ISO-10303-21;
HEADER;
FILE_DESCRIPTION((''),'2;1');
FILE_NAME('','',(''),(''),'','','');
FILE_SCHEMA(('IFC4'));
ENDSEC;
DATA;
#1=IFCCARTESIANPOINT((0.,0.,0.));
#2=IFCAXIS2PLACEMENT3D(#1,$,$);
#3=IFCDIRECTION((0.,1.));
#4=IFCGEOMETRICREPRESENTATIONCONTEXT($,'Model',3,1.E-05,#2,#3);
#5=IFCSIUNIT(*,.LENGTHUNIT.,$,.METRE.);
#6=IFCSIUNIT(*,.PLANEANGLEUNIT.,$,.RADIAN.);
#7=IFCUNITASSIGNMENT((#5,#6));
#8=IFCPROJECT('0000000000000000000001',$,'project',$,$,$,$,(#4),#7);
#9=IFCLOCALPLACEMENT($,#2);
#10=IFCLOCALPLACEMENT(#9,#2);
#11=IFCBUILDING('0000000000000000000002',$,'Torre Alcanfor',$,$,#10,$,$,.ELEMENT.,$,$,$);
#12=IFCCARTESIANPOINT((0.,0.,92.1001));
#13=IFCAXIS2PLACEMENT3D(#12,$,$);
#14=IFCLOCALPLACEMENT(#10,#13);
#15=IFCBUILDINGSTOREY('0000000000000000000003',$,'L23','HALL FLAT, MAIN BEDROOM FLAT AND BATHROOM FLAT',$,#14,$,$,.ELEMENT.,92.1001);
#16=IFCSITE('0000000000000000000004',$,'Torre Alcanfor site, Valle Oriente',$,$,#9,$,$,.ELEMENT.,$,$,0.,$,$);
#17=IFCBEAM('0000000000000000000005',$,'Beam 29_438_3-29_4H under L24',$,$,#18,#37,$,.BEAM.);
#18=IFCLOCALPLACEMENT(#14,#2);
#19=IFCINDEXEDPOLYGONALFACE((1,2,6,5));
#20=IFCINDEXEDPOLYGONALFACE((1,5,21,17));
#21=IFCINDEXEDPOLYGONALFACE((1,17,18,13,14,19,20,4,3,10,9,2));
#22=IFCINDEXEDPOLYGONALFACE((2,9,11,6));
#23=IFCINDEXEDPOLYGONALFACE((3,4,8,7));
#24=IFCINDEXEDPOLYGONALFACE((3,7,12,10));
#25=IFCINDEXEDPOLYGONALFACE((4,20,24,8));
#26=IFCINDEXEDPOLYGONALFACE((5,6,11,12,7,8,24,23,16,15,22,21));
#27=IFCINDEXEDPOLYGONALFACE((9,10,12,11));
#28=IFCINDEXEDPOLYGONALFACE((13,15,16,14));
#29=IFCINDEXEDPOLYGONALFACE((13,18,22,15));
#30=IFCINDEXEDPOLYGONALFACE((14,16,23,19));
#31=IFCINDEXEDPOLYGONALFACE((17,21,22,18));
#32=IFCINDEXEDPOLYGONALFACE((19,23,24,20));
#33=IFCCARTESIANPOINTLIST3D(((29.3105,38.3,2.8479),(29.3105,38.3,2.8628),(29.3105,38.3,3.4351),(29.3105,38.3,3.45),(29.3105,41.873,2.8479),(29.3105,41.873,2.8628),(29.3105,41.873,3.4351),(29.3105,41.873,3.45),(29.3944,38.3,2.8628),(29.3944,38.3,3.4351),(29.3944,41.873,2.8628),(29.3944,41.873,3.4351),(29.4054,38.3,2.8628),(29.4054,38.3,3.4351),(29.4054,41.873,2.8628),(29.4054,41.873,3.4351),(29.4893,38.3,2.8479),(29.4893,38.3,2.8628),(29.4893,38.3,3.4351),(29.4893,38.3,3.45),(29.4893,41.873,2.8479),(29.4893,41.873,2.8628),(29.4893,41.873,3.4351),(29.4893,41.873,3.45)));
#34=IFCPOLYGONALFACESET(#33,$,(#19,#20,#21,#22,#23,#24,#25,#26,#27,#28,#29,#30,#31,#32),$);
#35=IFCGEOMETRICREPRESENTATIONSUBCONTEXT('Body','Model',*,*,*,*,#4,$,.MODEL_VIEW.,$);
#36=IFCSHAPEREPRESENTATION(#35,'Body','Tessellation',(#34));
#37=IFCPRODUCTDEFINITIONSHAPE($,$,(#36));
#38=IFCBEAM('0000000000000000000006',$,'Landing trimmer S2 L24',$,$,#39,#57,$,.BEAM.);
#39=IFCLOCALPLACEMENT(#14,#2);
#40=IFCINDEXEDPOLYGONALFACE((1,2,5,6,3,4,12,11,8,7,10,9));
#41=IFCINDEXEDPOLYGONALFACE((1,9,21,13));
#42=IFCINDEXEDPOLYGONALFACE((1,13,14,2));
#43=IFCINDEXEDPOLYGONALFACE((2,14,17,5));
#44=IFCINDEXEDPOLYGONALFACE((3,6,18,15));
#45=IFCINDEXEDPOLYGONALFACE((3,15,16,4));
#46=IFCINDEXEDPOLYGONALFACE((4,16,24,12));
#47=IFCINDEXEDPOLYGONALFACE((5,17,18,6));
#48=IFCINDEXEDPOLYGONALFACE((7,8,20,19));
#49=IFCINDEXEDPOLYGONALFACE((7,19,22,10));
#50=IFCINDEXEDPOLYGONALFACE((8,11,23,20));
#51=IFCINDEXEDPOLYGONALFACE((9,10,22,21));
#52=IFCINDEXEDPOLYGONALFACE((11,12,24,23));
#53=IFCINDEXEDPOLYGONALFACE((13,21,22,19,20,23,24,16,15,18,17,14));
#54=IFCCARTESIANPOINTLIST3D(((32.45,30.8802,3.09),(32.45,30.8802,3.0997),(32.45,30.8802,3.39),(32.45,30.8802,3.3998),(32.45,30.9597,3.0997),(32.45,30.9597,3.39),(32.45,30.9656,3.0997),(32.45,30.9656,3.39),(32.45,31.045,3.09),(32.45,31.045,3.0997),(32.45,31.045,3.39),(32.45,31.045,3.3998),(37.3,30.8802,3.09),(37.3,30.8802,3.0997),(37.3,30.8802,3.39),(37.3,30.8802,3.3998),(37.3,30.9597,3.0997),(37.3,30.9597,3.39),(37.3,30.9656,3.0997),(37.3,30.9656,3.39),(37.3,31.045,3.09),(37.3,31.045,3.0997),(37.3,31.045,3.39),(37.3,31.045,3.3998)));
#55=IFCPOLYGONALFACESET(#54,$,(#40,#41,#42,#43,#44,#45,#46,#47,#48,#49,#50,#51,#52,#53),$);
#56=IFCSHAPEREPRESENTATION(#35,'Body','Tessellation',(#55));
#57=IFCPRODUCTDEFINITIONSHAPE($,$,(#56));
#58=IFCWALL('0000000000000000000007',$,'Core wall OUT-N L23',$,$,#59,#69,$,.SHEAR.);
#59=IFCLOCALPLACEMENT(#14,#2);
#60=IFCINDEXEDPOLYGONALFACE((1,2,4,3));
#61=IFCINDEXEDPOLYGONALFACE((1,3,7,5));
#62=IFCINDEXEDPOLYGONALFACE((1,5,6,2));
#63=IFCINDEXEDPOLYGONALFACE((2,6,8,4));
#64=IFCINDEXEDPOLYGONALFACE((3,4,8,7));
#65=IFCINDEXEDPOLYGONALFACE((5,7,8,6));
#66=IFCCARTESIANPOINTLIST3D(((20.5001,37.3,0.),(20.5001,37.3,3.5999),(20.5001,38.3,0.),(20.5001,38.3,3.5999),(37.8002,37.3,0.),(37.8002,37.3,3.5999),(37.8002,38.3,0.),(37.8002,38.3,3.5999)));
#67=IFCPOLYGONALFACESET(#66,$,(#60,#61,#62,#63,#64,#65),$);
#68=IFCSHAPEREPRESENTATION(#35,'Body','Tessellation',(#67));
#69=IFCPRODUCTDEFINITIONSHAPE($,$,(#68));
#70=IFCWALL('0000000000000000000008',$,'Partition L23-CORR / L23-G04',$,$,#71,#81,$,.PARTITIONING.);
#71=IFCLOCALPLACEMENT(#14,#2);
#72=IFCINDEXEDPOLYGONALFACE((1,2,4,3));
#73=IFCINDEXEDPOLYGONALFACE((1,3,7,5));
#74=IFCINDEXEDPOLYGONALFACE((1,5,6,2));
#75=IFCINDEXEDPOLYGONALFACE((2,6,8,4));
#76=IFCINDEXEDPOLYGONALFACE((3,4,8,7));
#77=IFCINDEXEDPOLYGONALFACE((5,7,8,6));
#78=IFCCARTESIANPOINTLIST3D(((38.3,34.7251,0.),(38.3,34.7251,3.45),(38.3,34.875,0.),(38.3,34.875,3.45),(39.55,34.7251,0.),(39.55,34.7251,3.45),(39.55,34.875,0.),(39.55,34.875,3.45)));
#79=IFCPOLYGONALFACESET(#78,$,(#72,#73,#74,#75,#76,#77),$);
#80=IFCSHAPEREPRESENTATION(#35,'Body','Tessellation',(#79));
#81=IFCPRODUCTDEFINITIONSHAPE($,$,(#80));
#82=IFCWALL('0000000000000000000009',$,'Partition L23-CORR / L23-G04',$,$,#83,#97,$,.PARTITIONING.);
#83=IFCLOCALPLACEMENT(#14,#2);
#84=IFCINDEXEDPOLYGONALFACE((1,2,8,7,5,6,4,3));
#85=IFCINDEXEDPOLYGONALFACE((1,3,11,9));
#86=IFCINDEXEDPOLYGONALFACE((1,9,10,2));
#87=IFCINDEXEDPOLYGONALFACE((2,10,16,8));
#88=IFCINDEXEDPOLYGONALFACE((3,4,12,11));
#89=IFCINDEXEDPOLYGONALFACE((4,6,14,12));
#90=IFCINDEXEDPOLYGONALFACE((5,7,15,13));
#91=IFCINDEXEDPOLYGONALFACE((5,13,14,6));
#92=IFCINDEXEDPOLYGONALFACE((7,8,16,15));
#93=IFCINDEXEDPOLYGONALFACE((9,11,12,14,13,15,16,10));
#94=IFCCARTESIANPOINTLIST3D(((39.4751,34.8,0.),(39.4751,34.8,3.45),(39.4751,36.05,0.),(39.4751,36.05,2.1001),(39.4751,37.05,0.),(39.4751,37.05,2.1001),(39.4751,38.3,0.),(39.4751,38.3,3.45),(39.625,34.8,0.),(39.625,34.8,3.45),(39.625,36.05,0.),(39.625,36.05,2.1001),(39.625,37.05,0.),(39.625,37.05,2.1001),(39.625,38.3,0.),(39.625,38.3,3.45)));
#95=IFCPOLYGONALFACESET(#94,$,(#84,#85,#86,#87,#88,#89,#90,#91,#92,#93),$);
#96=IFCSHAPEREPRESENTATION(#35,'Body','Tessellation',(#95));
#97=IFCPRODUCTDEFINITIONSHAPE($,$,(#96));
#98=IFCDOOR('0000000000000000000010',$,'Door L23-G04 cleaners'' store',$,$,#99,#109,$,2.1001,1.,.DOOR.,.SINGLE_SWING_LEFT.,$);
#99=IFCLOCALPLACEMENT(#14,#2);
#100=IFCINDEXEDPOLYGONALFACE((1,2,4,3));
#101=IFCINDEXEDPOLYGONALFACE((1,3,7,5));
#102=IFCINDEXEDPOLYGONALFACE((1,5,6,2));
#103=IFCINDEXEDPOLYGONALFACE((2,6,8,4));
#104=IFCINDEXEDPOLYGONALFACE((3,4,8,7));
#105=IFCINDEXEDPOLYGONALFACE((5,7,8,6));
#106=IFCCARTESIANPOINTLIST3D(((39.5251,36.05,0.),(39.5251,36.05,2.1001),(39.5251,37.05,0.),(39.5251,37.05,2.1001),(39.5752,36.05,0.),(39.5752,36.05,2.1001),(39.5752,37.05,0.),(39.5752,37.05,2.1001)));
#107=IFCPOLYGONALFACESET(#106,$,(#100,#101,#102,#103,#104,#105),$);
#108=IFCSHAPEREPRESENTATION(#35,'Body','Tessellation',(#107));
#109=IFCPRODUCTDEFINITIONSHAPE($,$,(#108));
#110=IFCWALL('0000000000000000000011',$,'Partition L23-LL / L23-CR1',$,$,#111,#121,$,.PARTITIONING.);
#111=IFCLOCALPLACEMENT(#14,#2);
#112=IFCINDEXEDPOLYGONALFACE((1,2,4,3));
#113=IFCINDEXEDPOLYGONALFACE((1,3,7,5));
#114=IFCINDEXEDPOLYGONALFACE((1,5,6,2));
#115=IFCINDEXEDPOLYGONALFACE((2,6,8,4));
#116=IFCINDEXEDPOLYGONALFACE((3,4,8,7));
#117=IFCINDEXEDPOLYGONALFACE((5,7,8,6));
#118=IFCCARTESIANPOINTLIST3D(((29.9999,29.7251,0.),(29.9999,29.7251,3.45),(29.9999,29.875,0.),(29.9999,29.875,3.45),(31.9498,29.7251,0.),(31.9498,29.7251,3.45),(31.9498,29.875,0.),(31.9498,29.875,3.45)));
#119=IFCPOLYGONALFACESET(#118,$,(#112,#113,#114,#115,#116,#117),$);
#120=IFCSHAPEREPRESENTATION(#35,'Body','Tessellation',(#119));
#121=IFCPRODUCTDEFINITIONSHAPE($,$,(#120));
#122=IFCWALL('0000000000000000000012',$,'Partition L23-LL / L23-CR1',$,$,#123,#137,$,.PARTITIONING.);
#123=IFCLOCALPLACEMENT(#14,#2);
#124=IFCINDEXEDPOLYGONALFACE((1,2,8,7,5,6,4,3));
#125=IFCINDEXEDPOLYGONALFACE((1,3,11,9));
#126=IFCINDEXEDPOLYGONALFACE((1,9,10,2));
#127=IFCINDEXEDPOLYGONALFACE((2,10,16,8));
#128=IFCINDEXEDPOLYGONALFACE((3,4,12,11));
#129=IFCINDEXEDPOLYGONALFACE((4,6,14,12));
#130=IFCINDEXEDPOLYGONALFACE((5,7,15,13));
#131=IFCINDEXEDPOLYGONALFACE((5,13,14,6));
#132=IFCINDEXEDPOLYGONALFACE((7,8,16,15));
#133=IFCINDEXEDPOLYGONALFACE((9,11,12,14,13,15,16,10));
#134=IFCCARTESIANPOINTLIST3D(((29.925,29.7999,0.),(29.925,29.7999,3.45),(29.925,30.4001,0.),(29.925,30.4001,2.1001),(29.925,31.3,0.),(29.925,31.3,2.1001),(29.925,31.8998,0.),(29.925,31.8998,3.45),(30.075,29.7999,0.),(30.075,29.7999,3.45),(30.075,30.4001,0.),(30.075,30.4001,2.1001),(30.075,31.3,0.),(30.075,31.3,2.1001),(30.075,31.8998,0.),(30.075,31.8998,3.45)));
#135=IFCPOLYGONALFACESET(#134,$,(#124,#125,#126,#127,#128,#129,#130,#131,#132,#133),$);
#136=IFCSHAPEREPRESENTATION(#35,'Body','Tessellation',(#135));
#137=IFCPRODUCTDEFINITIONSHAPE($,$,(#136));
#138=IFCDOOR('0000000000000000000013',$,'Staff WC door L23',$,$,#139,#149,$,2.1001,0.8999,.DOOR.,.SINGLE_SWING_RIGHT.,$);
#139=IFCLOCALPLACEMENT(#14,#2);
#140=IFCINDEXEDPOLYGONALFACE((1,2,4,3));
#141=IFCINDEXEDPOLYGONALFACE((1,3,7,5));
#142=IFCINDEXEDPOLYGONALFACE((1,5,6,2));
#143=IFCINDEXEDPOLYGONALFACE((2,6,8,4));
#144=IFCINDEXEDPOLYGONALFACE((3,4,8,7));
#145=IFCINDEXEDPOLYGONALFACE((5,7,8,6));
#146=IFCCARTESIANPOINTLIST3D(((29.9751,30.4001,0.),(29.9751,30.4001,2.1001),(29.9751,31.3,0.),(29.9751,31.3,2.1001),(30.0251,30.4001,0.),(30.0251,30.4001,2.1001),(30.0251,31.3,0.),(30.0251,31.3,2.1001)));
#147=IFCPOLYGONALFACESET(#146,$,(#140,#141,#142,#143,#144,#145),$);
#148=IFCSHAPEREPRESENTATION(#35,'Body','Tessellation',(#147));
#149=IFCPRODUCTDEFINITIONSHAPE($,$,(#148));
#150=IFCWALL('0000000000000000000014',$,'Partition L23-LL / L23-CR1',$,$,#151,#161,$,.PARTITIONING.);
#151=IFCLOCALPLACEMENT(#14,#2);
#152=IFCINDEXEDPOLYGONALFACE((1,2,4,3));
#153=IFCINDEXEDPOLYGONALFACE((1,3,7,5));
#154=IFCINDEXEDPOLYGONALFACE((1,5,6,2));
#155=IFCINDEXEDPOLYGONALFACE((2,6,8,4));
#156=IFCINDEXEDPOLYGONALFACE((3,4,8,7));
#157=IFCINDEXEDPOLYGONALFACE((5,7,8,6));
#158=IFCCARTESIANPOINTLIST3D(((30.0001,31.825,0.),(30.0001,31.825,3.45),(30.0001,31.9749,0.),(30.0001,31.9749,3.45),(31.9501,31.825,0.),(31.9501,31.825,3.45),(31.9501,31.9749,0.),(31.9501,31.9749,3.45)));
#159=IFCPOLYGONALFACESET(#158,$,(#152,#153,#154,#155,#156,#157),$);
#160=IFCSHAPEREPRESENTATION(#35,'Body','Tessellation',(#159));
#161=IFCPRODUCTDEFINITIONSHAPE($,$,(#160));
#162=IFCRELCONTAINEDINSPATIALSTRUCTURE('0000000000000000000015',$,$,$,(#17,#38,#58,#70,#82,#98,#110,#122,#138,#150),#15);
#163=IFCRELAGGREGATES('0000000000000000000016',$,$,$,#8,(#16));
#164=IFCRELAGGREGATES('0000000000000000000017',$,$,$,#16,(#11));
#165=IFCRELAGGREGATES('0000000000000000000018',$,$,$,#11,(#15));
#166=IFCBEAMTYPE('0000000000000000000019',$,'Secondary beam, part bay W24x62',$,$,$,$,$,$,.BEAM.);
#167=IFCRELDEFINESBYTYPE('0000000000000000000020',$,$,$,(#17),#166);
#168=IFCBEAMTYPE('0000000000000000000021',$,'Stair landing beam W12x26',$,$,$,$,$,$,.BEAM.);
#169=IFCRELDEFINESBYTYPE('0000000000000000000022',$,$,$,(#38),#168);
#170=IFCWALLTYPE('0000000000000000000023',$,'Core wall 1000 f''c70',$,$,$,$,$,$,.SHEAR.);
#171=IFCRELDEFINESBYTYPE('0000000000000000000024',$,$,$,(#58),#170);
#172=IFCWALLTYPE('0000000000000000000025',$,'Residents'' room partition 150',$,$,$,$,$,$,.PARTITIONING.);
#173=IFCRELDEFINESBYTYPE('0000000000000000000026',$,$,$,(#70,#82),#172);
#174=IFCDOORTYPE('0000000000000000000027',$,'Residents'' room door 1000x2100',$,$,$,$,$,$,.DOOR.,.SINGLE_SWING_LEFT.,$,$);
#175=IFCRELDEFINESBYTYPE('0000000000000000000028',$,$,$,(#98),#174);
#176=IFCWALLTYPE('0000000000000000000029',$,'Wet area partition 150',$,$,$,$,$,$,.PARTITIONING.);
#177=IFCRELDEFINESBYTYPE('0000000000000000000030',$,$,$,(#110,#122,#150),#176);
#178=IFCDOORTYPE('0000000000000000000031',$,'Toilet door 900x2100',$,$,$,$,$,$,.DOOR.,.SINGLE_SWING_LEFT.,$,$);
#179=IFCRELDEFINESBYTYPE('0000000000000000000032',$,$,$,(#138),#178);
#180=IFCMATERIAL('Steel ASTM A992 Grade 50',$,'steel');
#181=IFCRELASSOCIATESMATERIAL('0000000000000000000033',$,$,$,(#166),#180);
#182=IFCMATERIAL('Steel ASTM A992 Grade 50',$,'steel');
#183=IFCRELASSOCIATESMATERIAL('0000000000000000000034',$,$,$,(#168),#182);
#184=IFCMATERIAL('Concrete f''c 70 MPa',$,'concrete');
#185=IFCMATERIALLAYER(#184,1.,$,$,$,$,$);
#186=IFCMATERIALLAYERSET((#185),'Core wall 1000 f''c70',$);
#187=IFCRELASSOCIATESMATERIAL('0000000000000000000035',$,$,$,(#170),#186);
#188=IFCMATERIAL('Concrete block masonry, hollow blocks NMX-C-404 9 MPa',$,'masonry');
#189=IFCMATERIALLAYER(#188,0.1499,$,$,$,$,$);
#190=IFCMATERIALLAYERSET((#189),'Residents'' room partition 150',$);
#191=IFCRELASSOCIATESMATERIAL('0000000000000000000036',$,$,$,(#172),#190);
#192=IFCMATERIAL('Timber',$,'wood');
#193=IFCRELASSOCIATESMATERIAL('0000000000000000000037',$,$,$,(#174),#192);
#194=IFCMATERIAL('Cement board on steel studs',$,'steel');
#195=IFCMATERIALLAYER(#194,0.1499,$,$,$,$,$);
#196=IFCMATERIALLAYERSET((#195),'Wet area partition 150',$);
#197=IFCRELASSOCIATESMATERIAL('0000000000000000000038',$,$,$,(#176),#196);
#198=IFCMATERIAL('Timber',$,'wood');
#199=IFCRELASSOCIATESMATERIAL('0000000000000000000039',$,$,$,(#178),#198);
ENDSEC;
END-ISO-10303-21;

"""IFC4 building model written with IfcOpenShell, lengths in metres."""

from ifc_helpers import new_model, si_unit, direction, frame, frame_2d, origin, origin_2d, place, context, subcontext, project, spatial, rectangle, i_section, extrude, material, layer, layer_set, material_profile, profile_set, type_object, element, fill, save


model = new_model("IFC4")

# Units and contexts
model_context = context("Model", 3, precision=1e-05, world=origin(), true_north=direction((0.0, 1.0)))
body_context = subcontext(model_context, "Body", "Model", "MODEL_VIEW")
ifc_project = project(units=[si_unit("LENGTHUNIT", "METRE"), si_unit("PLANEANGLEUNIT", "RADIAN")], contexts=[model_context])

# Site, building, storey
site_placement = place(None, origin())
site = spatial("IfcSite", under=ifc_project, at=site_placement, Name="Torre Alcanfor site, Valle Oriente", CompositionType="ELEMENT", RefElevation=0.0)
building_placement = place(site_placement, origin())
building = spatial("IfcBuilding", under=site, at=building_placement, Name="Torre Alcanfor", CompositionType="ELEMENT")
storey_placement = place(building_placement, frame((0.0, 0.0, 92.1001)))
storey = spatial("IfcBuildingStorey", under=building, at=storey_placement, Name="L23", Description="HALL FLAT, MAIN BEDROOM FLAT AND BATHROOM FLAT", CompositionType="ELEMENT", Elevation=92.1001)

# Beams
ifc_material_1 = material(Name="Steel ASTM A992 Grade 50", Category="steel")
ifc_material_profile_1 = material_profile(ifc_material_1, i_section(OverallWidth=0.1787, OverallDepth=0.6021, WebThickness=0.011, FlangeThickness=0.0149, at=origin_2d()), Name="W24x62")
ifc_profile_set_1 = profile_set([ifc_material_profile_1], Name="Steel ASTM A992 Grade 50")
beam_type_1 = type_object("IfcBeamType", Name="Secondary beam, part bay W24x62", PredefinedType="BEAM", material=ifc_profile_set_1)
beam_1_placement = place(storey_placement, frame((29.3999, 38.3, 3.1489), z_axis=(0.0, 1.0, 0.0), x_axis=(-1.0, 0.0, 0.0)))
element("IfcBeam", 1, at=beam_1_placement, inside=storey, type_object=beam_type_1, Name="Beam 29_438_3-29_4H under L24", PredefinedType="BEAM", context=body_context, shape_type="SweptSolid", body=[
    extrude(i_section(OverallWidth=0.1787, OverallDepth=0.6021, WebThickness=0.011, FlangeThickness=0.0149, at=origin_2d()), origin(), (0.0, 0.0, 1.0), 3.573),
])
ifc_material_2 = material(Name="Steel ASTM A992 Grade 50", Category="steel")
ifc_material_profile_2 = material_profile(ifc_material_2, i_section(OverallWidth=0.1648, OverallDepth=0.3098, WebThickness=0.0059, FlangeThickness=0.0098, at=origin_2d()), Name="W12x26")
ifc_profile_set_2 = profile_set([ifc_material_profile_2], Name="Steel ASTM A992 Grade 50")
beam_type_2 = type_object("IfcBeamType", Name="Stair landing beam W12x26", PredefinedType="BEAM", material=ifc_profile_set_2)
beam_2_placement = place(storey_placement, frame((32.45, 30.9626, 3.2449), z_axis=(1.0, 0.0, 0.0), x_axis=(0.0, 1.0, 0.0)))
element("IfcBeam", 2, at=beam_2_placement, inside=storey, type_object=beam_type_2, Name="Landing trimmer S2 L24", PredefinedType="BEAM", context=body_context, shape_type="SweptSolid", body=[
    extrude(i_section(OverallWidth=0.1648, OverallDepth=0.3098, WebThickness=0.0059, FlangeThickness=0.0098, at=origin_2d()), origin(), (0.0, 0.0, 1.0), 4.8501),
])

# Walls
ifc_material_3 = material(Name="Concrete f'c 70 MPa", Category="concrete")
ifc_layer_1 = layer(ifc_material_3, 1.0)
ifc_layer_set_1 = layer_set([ifc_layer_1], Name="Core wall 1000 f'c70")
wall_type_1 = type_object("IfcWallType", Name="Core wall 1000 f'c70", PredefinedType="SHEAR", material=ifc_layer_set_1)
wall_1_placement = place(storey_placement, frame((37.8, 37.8, 0.0), z_axis=(0.0, 0.0, 1.0), x_axis=(-1.0, 0.0, 0.0)))
element("IfcWall", 3, at=wall_1_placement, inside=storey, type_object=wall_type_1, Name="Core wall OUT-N L23", PredefinedType="SHEAR", context=body_context, shape_type="SweptSolid", body=[
    extrude(rectangle(XDim=17.3, YDim=1.0, at=frame_2d((8.6499, 0.0))), origin(), (0.0, 0.0, 1.0), 3.5999),
])
ifc_material_4 = material(Name="Concrete block masonry, hollow blocks NMX-C-404 9 MPa", Category="masonry")
ifc_layer_2 = layer(ifc_material_4, 0.1499)
ifc_layer_set_2 = layer_set([ifc_layer_2], Name="Residents' room partition 150")
wall_type_2 = type_object("IfcWallType", Name="Residents' room partition 150", PredefinedType="PARTITIONING", material=ifc_layer_set_2)
wall_2_placement = place(storey_placement, frame((38.3, 34.8, 0.0), z_axis=(0.0, 0.0, 1.0), x_axis=(1.0, 0.0, 0.0)))
element("IfcWall", 4, at=wall_2_placement, inside=storey, type_object=wall_type_2, Name="Partition L23-CORR / L23-G04", PredefinedType="PARTITIONING", context=body_context, shape_type="SweptSolid", body=[
    extrude(rectangle(XDim=1.25, YDim=0.1499, at=frame_2d((0.625, 0.0))), origin(), (0.0, 0.0, 1.0), 3.45),
])

# Wall, opening, door
wall_3_placement = place(storey_placement, frame((39.55, 34.8, 0.0), z_axis=(0.0, 0.0, 1.0), x_axis=(0.0, 1.0, 0.0)))
wall_3 = element("IfcWall", 5, at=wall_3_placement, inside=storey, type_object=wall_type_2, Name="Partition L23-CORR / L23-G04", PredefinedType="PARTITIONING", context=body_context, shape_type="SweptSolid", body=[
    extrude(rectangle(XDim=3.5, YDim=0.1499, at=frame_2d((1.75, 0.0))), origin(), (0.0, 0.0, 1.0), 3.45),
])
opening_1_placement = place(wall_3_placement, frame((1.25, 0.0, 0.0)))
opening_1 = element("IfcOpeningElement", 6, at=opening_1_placement, cuts=wall_3, PredefinedType="OPENING", context=body_context, shape_type="SweptSolid", body=[
    extrude(rectangle(XDim=1.0, YDim=2.1001, at=frame_2d((0.5, 1.05))), frame((0.0, 0.085, 0.0), z_axis=(0.0, -1.0, 0.0), x_axis=(1.0, 0.0, 0.0)), (0.0, 0.0, 1.0), 0.1699),
])
ifc_material_5 = material(Name="Timber", Category="wood")
door_type_1 = type_object("IfcDoorType", Name="Residents' room door 1000x2100", OperationType="SINGLE_SWING_LEFT", PredefinedType="DOOR", material=ifc_material_5)
door_1_placement = place(opening_1_placement, origin())
door_1 = element("IfcDoor", 7, at=door_1_placement, inside=storey, type_object=door_type_1, Name="Door L23-G04 cleaners' store", OperationType="SINGLE_SWING_LEFT", OverallHeight=2.1001, OverallWidth=1.0, PredefinedType="DOOR", context=body_context, shape_type="SweptSolid", body=[
    extrude(rectangle(XDim=1.0, YDim=2.1001, at=frame_2d((0.5, 1.05))), frame((0.0, 0.0249, 0.0), z_axis=(0.0, -1.0, 0.0), x_axis=(1.0, 0.0, 0.0)), (0.0, 0.0, 1.0), 0.05),
])
fill(opening_1, door_1)

# Wall
ifc_material_6 = material(Name="Cement board on steel studs", Category="steel")
ifc_layer_3 = layer(ifc_material_6, 0.1499)
ifc_layer_set_3 = layer_set([ifc_layer_3], Name="Wet area partition 150")
wall_type_3 = type_object("IfcWallType", Name="Wet area partition 150", PredefinedType="PARTITIONING", material=ifc_layer_set_3)
wall_4_placement = place(storey_placement, frame((31.95, 29.8, 0.0), z_axis=(0.0, 0.0, 1.0), x_axis=(-1.0, 0.0, 0.0)))
element("IfcWall", 8, at=wall_4_placement, inside=storey, type_object=wall_type_3, Name="Partition L23-LL / L23-CR1", PredefinedType="PARTITIONING", context=body_context, shape_type="SweptSolid", body=[
    extrude(rectangle(XDim=1.95, YDim=0.1499, at=frame_2d((0.9751, 0.0))), origin(), (0.0, 0.0, 1.0), 3.45),
])

# Wall, opening, door
wall_5_placement = place(storey_placement, frame((30.0, 29.8, 0.0), z_axis=(0.0, 0.0, 1.0), x_axis=(0.0, 1.0, 0.0)))
wall_5 = element("IfcWall", 9, at=wall_5_placement, inside=storey, type_object=wall_type_3, Name="Partition L23-LL / L23-CR1", PredefinedType="PARTITIONING", context=body_context, shape_type="SweptSolid", body=[
    extrude(rectangle(XDim=2.0999, YDim=0.1499, at=frame_2d((1.0498, 0.0))), origin(), (0.0, 0.0, 1.0), 3.45),
])
opening_2_placement = place(wall_5_placement, frame((0.6001, 0.0, 0.0)))
opening_2 = element("IfcOpeningElement", 10, at=opening_2_placement, cuts=wall_5, PredefinedType="OPENING", context=body_context, shape_type="SweptSolid", body=[
    extrude(rectangle(XDim=0.8999, YDim=2.1001, at=frame_2d((0.45, 1.05))), frame((0.0, 0.085, 0.0), z_axis=(0.0, -1.0, 0.0), x_axis=(1.0, 0.0, 0.0)), (0.0, 0.0, 1.0), 0.1699),
])
ifc_material_7 = material(Name="Timber", Category="wood")
door_type_2 = type_object("IfcDoorType", Name="Toilet door 900x2100", OperationType="SINGLE_SWING_LEFT", PredefinedType="DOOR", material=ifc_material_7)
door_2_placement = place(opening_2_placement, frame((0.8999, 0.0, 0.0), z_axis=(0.0, 0.0, 1.0), x_axis=(-1.0, 0.0, 0.0)))
door_2 = element("IfcDoor", 11, at=door_2_placement, inside=storey, type_object=door_type_2, Name="Staff WC door L23", OperationType="SINGLE_SWING_RIGHT", OverallHeight=2.1001, OverallWidth=0.8999, PredefinedType="DOOR", context=body_context, shape_type="SweptSolid", body=[
    extrude(rectangle(XDim=0.8999, YDim=2.1001, at=frame_2d((0.45, 1.05))), frame((0.0, 0.0251, 0.0), z_axis=(0.0, -1.0, 0.0), x_axis=(1.0, 0.0, 0.0)), (0.0, 0.0, 1.0), 0.05),
])
fill(opening_2, door_2)

# Wall
wall_6_placement = place(storey_placement, frame((30.0, 31.8999, 0.0), z_axis=(0.0, 0.0, 1.0), x_axis=(1.0, 0.0, 0.0)))
element("IfcWall", 12, at=wall_6_placement, inside=storey, type_object=wall_type_3, Name="Partition L23-LL / L23-CR1", PredefinedType="PARTITIONING", context=body_context, shape_type="SweptSolid", body=[
    extrude(rectangle(XDim=1.95, YDim=0.1499, at=frame_2d((0.9751, 0.0))), origin(), (0.0, 0.0, 1.0), 3.45),
])

save(model, "model.ifc")
